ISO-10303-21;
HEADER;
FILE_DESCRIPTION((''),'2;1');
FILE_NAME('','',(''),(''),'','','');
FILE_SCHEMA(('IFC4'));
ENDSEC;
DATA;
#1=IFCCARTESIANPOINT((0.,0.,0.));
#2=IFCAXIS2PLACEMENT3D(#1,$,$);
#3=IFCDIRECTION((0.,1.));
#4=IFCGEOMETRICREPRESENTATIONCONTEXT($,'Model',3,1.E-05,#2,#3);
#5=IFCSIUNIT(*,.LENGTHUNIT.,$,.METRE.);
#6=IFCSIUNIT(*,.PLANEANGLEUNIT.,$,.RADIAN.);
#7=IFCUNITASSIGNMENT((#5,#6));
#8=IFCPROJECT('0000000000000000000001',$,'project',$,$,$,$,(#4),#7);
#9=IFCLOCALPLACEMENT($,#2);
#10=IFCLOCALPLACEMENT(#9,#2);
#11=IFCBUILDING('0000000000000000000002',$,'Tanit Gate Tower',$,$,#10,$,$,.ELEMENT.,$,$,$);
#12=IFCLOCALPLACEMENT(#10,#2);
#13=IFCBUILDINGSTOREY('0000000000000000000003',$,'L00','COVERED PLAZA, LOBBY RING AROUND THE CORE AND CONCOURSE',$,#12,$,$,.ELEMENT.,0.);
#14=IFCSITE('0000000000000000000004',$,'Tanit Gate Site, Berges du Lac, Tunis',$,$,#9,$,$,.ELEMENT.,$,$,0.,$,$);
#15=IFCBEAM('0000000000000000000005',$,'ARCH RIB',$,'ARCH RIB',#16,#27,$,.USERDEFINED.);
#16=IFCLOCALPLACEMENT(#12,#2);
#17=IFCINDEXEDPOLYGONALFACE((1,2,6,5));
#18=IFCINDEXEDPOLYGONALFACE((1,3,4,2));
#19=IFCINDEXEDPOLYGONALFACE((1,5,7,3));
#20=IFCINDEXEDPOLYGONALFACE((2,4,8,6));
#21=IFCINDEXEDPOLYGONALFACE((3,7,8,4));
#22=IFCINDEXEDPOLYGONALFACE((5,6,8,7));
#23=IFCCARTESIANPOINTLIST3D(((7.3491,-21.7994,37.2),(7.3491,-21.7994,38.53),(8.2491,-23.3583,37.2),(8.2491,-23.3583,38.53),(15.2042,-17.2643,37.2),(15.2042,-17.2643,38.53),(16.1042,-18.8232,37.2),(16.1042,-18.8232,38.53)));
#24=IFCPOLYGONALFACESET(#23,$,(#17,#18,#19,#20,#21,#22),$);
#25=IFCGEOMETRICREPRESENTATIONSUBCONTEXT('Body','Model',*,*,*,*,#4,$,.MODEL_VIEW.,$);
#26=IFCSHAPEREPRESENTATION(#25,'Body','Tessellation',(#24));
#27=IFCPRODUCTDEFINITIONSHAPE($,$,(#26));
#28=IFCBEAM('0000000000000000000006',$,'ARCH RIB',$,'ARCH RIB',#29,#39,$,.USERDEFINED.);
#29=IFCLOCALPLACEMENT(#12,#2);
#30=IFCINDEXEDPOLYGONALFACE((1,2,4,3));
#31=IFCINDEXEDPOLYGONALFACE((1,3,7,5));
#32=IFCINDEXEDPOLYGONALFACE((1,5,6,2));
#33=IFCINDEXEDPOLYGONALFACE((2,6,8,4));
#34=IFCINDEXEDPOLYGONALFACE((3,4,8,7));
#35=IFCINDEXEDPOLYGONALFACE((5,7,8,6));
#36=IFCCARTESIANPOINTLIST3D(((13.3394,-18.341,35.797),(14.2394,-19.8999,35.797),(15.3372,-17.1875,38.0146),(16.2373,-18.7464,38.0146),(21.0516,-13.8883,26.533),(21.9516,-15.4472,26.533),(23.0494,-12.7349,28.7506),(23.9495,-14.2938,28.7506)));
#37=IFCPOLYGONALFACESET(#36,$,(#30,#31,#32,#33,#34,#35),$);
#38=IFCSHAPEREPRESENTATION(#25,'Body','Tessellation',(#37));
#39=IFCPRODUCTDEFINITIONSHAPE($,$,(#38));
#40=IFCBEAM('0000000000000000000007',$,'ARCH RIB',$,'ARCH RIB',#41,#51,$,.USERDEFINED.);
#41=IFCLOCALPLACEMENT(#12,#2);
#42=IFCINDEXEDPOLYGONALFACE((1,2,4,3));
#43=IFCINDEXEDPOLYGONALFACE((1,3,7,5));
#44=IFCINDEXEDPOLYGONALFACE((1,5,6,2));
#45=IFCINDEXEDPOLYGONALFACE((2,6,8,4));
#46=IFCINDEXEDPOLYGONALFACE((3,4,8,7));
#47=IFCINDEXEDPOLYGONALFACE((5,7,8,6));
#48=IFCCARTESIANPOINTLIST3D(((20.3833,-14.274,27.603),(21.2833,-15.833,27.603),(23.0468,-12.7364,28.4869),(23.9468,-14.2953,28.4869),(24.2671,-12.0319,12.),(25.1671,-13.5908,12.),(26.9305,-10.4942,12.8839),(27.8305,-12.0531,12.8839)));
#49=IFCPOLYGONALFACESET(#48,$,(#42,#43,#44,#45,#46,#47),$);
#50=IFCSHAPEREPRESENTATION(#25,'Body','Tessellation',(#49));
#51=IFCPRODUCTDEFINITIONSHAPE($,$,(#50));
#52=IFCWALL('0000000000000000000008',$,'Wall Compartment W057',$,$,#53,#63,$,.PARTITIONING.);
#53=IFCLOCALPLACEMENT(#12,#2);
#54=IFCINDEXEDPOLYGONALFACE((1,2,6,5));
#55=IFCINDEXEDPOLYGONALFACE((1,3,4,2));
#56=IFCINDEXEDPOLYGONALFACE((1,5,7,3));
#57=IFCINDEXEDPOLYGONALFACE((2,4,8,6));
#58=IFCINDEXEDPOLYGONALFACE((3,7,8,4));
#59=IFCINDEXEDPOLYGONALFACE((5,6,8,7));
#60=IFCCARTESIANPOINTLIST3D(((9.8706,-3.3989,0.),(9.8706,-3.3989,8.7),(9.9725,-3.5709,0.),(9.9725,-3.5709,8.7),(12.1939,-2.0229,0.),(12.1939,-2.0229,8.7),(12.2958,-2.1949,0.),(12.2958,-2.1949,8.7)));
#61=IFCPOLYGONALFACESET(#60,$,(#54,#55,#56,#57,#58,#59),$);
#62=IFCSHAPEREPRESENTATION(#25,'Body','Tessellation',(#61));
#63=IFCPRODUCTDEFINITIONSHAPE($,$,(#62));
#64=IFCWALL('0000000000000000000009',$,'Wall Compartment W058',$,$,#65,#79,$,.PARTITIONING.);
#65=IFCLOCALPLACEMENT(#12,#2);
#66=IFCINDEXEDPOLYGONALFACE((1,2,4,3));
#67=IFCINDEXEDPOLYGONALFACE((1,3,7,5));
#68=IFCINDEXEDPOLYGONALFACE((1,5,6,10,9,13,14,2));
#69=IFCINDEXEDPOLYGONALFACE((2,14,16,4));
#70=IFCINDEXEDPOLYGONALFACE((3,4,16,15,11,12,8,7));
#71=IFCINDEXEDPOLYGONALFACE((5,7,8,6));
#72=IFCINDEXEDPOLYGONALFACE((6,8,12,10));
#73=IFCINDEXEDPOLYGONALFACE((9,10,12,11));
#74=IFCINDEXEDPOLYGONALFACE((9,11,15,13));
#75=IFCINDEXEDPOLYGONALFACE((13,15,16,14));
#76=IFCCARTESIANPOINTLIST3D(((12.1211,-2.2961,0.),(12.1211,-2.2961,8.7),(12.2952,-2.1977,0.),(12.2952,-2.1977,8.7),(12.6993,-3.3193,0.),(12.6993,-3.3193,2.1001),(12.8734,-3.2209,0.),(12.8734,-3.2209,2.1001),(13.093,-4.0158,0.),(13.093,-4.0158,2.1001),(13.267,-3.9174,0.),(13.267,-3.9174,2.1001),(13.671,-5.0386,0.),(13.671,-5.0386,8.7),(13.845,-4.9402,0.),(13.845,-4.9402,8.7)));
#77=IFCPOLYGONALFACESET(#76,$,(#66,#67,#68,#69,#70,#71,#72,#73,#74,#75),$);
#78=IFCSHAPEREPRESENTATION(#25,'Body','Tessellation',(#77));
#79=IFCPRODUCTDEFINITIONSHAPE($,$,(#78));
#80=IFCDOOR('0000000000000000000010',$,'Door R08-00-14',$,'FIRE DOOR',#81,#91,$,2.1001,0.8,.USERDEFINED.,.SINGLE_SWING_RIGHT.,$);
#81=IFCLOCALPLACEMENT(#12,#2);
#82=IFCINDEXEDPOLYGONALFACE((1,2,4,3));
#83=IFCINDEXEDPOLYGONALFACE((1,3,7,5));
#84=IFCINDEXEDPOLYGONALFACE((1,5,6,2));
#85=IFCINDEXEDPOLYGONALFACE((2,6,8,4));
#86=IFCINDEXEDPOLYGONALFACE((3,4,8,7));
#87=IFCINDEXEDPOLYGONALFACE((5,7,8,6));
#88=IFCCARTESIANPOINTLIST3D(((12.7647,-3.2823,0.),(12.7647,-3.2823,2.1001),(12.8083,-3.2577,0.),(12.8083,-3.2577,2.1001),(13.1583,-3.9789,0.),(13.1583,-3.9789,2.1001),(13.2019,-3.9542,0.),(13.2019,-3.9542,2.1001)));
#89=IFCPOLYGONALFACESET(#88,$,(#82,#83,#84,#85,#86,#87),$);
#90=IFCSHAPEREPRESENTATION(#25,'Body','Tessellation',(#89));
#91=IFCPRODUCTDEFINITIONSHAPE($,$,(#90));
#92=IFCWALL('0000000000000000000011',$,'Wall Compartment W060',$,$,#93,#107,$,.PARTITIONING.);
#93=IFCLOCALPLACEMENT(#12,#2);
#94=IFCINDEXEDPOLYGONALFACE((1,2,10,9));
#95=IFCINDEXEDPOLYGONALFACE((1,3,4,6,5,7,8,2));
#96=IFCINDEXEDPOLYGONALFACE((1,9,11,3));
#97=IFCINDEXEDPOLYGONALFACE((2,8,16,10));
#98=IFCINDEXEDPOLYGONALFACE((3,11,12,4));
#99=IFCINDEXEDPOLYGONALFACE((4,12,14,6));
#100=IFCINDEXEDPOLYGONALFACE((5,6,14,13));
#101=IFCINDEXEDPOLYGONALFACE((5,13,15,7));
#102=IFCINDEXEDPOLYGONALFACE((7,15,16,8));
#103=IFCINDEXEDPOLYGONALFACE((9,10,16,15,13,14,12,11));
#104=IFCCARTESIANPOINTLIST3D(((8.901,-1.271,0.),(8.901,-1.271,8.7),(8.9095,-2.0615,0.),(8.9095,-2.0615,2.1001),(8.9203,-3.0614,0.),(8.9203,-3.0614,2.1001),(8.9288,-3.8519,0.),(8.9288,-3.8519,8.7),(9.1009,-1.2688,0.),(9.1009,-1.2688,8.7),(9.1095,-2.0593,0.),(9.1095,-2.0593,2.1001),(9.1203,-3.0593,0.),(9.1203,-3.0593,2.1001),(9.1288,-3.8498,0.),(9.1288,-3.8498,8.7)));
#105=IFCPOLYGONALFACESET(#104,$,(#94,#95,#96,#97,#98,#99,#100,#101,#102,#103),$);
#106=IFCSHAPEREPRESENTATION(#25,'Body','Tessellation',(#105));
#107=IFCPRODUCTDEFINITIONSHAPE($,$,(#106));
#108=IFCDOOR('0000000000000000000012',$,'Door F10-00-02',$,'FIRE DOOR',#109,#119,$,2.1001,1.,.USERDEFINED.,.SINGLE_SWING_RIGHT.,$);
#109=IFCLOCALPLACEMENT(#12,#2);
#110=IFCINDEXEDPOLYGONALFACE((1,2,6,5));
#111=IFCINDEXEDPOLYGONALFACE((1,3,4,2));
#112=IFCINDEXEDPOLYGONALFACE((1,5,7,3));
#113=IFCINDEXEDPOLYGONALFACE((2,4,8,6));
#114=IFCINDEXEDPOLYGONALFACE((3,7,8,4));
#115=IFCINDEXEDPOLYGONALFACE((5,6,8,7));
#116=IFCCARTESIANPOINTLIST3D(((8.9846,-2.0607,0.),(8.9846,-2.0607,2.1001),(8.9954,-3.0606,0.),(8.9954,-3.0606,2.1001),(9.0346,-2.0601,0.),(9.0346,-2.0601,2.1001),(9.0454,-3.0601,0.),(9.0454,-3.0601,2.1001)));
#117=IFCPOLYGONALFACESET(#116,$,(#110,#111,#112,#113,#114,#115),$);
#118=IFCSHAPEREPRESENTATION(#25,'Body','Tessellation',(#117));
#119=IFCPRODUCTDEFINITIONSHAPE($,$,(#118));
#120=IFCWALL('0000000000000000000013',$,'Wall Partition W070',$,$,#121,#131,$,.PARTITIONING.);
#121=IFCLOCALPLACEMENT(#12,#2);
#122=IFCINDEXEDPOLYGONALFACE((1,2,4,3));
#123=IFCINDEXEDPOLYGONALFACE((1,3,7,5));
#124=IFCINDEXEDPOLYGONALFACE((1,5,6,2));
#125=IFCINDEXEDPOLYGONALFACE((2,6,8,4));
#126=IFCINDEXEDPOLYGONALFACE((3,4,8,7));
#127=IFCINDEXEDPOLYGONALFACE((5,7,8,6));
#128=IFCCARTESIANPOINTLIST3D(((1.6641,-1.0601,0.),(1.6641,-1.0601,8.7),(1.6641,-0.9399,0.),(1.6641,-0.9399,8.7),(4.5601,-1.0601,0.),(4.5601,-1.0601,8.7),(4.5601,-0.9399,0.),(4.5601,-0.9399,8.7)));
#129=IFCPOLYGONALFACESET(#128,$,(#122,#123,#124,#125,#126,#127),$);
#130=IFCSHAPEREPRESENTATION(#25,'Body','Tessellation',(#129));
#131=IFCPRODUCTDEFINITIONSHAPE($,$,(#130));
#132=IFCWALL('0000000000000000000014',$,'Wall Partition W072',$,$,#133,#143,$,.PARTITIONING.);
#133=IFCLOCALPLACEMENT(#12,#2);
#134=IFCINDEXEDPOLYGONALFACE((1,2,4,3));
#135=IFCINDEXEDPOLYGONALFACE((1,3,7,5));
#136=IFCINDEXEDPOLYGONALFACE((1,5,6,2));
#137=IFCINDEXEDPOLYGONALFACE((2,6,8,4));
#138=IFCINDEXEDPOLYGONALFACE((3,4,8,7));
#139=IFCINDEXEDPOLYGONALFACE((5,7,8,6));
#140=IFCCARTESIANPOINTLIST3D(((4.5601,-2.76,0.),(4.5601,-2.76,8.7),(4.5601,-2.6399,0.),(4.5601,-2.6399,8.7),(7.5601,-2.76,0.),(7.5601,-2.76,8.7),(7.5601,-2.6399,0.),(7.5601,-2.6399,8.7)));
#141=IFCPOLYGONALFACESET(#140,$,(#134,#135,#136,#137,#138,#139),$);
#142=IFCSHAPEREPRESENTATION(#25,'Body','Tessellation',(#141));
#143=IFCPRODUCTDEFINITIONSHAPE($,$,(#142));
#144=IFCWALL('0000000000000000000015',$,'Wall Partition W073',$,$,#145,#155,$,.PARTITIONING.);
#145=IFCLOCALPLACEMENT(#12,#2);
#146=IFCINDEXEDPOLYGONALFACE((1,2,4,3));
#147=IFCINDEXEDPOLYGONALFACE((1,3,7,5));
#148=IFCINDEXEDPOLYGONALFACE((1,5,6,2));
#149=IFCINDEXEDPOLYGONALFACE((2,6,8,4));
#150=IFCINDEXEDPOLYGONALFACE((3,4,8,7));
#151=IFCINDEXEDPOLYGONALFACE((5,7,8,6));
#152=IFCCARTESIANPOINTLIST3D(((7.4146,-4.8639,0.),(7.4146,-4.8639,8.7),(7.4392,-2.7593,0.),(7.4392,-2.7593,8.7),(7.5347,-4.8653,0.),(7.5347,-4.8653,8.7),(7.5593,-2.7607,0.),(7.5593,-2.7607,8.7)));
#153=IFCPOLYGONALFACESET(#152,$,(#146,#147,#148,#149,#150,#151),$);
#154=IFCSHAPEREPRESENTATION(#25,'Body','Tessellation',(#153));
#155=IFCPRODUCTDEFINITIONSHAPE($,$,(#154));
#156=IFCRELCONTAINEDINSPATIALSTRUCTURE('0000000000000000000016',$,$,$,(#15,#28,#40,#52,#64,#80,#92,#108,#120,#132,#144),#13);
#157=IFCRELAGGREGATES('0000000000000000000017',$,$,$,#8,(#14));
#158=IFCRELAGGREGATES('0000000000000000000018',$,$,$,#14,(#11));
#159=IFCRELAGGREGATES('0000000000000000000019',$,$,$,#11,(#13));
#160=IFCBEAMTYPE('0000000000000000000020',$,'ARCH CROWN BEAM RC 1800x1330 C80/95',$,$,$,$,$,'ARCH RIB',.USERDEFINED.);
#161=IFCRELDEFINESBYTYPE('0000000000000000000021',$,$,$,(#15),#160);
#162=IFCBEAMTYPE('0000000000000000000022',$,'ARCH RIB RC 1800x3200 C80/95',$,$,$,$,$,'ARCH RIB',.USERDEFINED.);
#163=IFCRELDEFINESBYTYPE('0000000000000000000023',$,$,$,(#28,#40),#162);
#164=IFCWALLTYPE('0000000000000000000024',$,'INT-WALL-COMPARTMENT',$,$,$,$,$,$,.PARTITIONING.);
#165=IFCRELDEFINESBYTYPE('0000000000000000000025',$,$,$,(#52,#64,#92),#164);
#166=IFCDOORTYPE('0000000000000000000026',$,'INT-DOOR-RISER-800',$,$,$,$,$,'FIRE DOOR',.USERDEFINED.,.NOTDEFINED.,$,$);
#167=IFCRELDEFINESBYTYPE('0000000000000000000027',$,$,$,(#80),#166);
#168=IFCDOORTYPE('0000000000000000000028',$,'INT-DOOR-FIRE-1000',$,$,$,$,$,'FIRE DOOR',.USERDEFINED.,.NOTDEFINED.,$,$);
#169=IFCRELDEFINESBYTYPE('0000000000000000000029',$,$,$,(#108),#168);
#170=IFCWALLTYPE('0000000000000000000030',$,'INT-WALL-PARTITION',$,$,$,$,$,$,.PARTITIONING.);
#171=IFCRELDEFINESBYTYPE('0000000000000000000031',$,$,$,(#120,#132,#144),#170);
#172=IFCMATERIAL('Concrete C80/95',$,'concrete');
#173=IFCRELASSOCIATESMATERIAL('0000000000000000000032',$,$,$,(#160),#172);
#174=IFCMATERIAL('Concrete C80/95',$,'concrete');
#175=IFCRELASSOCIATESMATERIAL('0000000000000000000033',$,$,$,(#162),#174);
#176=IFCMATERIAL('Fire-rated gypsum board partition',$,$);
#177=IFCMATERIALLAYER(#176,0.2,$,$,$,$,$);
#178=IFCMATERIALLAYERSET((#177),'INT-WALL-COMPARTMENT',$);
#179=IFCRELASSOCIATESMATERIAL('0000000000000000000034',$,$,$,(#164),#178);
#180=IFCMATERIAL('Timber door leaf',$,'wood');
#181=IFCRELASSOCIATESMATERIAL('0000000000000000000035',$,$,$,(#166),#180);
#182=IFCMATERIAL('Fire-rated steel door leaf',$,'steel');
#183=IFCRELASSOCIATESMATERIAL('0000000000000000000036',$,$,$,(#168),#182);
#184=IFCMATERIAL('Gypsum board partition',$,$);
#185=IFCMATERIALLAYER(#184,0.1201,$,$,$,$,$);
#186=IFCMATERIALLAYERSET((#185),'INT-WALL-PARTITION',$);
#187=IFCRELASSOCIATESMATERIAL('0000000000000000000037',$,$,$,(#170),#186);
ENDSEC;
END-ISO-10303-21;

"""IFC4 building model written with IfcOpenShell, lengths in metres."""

from ifc_helpers import new_model, si_unit, direction, frame, frame_2d, origin, origin_2d, place, context, subcontext, project, spatial, rectangle, extrude, material, layer, layer_set, material_profile, profile_set, type_object, element, fill, save


model = new_model("IFC4")

# Units and contexts
model_context = context("Model", 3, precision=1e-05, world=origin(), true_north=direction((0.0, 1.0)))
body_context = subcontext(model_context, "Body", "Model", "MODEL_VIEW")
ifc_project = project(units=[si_unit("LENGTHUNIT", "METRE"), si_unit("PLANEANGLEUNIT", "RADIAN")], contexts=[model_context])

# Site, building, storey
site_placement = place(None, origin())
site = spatial("IfcSite", under=ifc_project, at=site_placement, Name="Tanit Gate Site, Berges du Lac, Tunis", CompositionType="ELEMENT", RefElevation=0.0)
building_placement = place(site_placement, origin())
building = spatial("IfcBuilding", under=site, at=building_placement, Name="Tanit Gate Tower", CompositionType="ELEMENT")
storey_placement = place(building_placement, origin())
storey = spatial("IfcBuildingStorey", under=building, at=storey_placement, Name="L00", Description="COVERED PLAZA, LOBBY RING AROUND THE CORE AND CONCOURSE", CompositionType="ELEMENT", Elevation=0.0)

# Beams
ifc_material_1 = material(Name="Concrete C80/95", Category="concrete")
ifc_material_profile_1 = material_profile(ifc_material_1, rectangle(XDim=1.8, YDim=1.3301, at=origin_2d()), Name="RC 1800x1330")
ifc_profile_set_1 = profile_set([ifc_material_profile_1], Name="Concrete C80/95")
beam_type_1 = type_object("IfcBeamType", Name="ARCH CROWN BEAM RC 1800x1330 C80/95", ElementType="ARCH RIB", PredefinedType="USERDEFINED", material=ifc_profile_set_1)
beam_1_placement = place(storey_placement, frame((7.7991, -22.5789, 37.865), z_axis=(0.866028, 0.499995, 0.0), x_axis=(-0.499995, 0.866028, 0.0)))
element("IfcBeam", 1, at=beam_1_placement, inside=storey, type_object=beam_type_1, Name="ARCH RIB", ObjectType="ARCH RIB", PredefinedType="USERDEFINED", context=body_context, shape_type="SweptSolid", body=[
    extrude(rectangle(XDim=1.8, YDim=1.3301, at=origin_2d()), origin(), (0.0, 0.0, 1.0), 9.0703),
])
ifc_material_2 = material(Name="Concrete C80/95", Category="concrete")
ifc_material_profile_2 = material_profile(ifc_material_2, rectangle(XDim=1.8, YDim=3.2, at=origin_2d()), Name="RC 1800x3200")
ifc_profile_set_2 = profile_set([ifc_material_profile_2], Name="Concrete C80/95")
beam_type_2 = type_object("IfcBeamType", Name="ARCH RIB RC 1800x3200 C80/95", ElementType="ARCH RIB", PredefinedType="USERDEFINED", material=ifc_profile_set_2)
beam_2_placement = place(storey_placement, frame((14.7883, -18.5437, 36.9058), z_axis=(0.600166, 0.346508, -0.720925), x_axis=(-0.500002, 0.866024, 0.0)))
element("IfcBeam", 2, at=beam_2_placement, inside=storey, type_object=beam_type_2, Name="ARCH RIB", ObjectType="ARCH RIB", PredefinedType="USERDEFINED", context=body_context, shape_type="SweptSolid", body=[
    extrude(rectangle(XDim=1.8, YDim=3.2, at=origin_2d()), origin(), (0.0, 0.0, 1.0), 12.8501),
])
beam_3_placement = place(storey_placement, frame((22.165, -14.2847, 28.0449), z_axis=(0.239228, 0.138111, -0.961091), x_axis=(-0.49998, 0.866037, 0.0)))
element("IfcBeam", 3, at=beam_3_placement, inside=storey, type_object=beam_type_2, Name="ARCH RIB", ObjectType="ARCH RIB", PredefinedType="USERDEFINED", context=body_context, shape_type="SweptSolid", body=[
    extrude(rectangle(XDim=1.8, YDim=3.2, at=origin_2d()), origin(), (0.0, 0.0, 1.0), 16.2346),
])

# Wall
ifc_material_3 = material(Name="Fire-rated gypsum board partition")
ifc_layer_1 = layer(ifc_material_3, 0.2)
ifc_layer_set_1 = layer_set([ifc_layer_1], Name="INT-WALL-COMPARTMENT")
wall_type_1 = type_object("IfcWallType", Name="INT-WALL-COMPARTMENT", PredefinedType="PARTITIONING", material=ifc_layer_set_1)
wall_1_placement = place(storey_placement, frame((12.2449, -2.1089, 0.0), z_axis=(0.0, 0.0, 1.0), x_axis=(-0.860415, -0.509594, 0.0)))
element("IfcWall", 4, at=wall_1_placement, inside=storey, type_object=wall_type_1, Name="Wall Compartment W057", PredefinedType="PARTITIONING", context=body_context, shape_type="SweptSolid", body=[
    extrude(rectangle(XDim=2.7002, YDim=0.2, at=frame_2d((1.3501, 0.0))), origin(), (0.0, 0.0, 1.0), 8.7),
])

# Walls, openings, doors
wall_2_placement = place(storey_placement, frame((13.7581, -4.9895, 0.0), z_axis=(0.0, 0.0, 1.0), x_axis=(-0.491993, 0.870599, 0.0)))
wall_2 = element("IfcWall", 5, at=wall_2_placement, inside=storey, type_object=wall_type_1, Name="Wall Compartment W058", PredefinedType="PARTITIONING", context=body_context, shape_type="SweptSolid", body=[
    extrude(rectangle(XDim=3.1501, YDim=0.2, at=frame_2d((1.5752, 0.0))), origin(), (0.0, 0.0, 1.0), 8.7),
])
opening_1_placement = place(wall_2_placement, frame((1.175, 0.0, 0.0)))
opening_1 = element("IfcOpeningElement", 6, at=opening_1_placement, cuts=wall_2, PredefinedType="OPENING", context=body_context, shape_type="SweptSolid", body=[
    extrude(rectangle(XDim=0.8, YDim=2.1001, at=frame_2d((0.3999, 1.05))), frame((0.0, 0.1099, 0.0), z_axis=(0.0, -1.0, 0.0), x_axis=(1.0, 0.0, 0.0)), (0.0, 0.0, 1.0), 0.22),
])
ifc_material_4 = material(Name="Timber door leaf", Category="wood")
door_type_1 = type_object("IfcDoorType", Name="INT-DOOR-RISER-800", ElementType="FIRE DOOR", OperationType="NOTDEFINED", PredefinedType="USERDEFINED", material=ifc_material_4)
door_1_placement = place(opening_1_placement, origin())
door_1 = element("IfcDoor", 7, at=door_1_placement, inside=storey, type_object=door_type_1, Name="Door R08-00-14", ObjectType="FIRE DOOR", OperationType="SINGLE_SWING_RIGHT", OverallHeight=2.1001, OverallWidth=0.8, PredefinedType="USERDEFINED", context=body_context, shape_type="SweptSolid", body=[
    extrude(rectangle(XDim=0.8, YDim=2.1001, at=frame_2d((0.3999, 1.05))), frame((0.0, 0.0249, 0.0), z_axis=(0.0, -1.0, 0.0), x_axis=(1.0, 0.0, 0.0)), (0.0, 0.0, 1.0), 0.05),
])
fill(opening_1, door_1)
wall_3_placement = place(storey_placement, frame((9.0288, -3.8508, 0.0), z_axis=(0.0, 0.0, 1.0), x_axis=(-0.010784, 0.999942, 0.0)))
wall_3 = element("IfcWall", 8, at=wall_3_placement, inside=storey, type_object=wall_type_1, Name="Wall Compartment W060", PredefinedType="PARTITIONING", context=body_context, shape_type="SweptSolid", body=[
    extrude(rectangle(XDim=2.5811, YDim=0.2, at=frame_2d((1.2905, 0.0))), origin(), (0.0, 0.0, 1.0), 8.7),
])
opening_2_placement = place(wall_3_placement, frame((0.7905, 0.0, 0.0)))
opening_2 = element("IfcOpeningElement", 9, at=opening_2_placement, cuts=wall_3, PredefinedType="OPENING", context=body_context, shape_type="SweptSolid", body=[
    extrude(rectangle(XDim=1.0, YDim=2.1001, at=frame_2d((0.5, 1.05))), frame((0.0, 0.1099, 0.0), z_axis=(0.0, -1.0, 0.0), x_axis=(1.0, 0.0, 0.0)), (0.0, 0.0, 1.0), 0.22),
])
ifc_material_5 = material(Name="Fire-rated steel door leaf", Category="steel")
door_type_2 = type_object("IfcDoorType", Name="INT-DOOR-FIRE-1000", ElementType="FIRE DOOR", OperationType="NOTDEFINED", PredefinedType="USERDEFINED", material=ifc_material_5)
door_2_placement = place(opening_2_placement, origin())
door_2 = element("IfcDoor", 10, at=door_2_placement, inside=storey, type_object=door_type_2, Name="Door F10-00-02", ObjectType="FIRE DOOR", OperationType="SINGLE_SWING_RIGHT", OverallHeight=2.1001, OverallWidth=1.0, PredefinedType="USERDEFINED", context=body_context, shape_type="SweptSolid", body=[
    extrude(rectangle(XDim=1.0, YDim=2.1001, at=frame_2d((0.5, 1.05))), frame((0.0, 0.0249, 0.0), z_axis=(0.0, -1.0, 0.0), x_axis=(1.0, 0.0, 0.0)), (0.0, 0.0, 1.0), 0.05),
])
fill(opening_2, door_2)

# Walls
ifc_material_6 = material(Name="Gypsum board partition")
ifc_layer_2 = layer(ifc_material_6, 0.1201)
ifc_layer_set_2 = layer_set([ifc_layer_2], Name="INT-WALL-PARTITION")
wall_type_2 = type_object("IfcWallType", Name="INT-WALL-PARTITION", PredefinedType="PARTITIONING", material=ifc_layer_set_2)
wall_4_placement = place(storey_placement, frame((4.5601, -1.0, 0.0), z_axis=(0.0, 0.0, 1.0), x_axis=(-1.0, 0.0, 0.0)))
element("IfcWall", 11, at=wall_4_placement, inside=storey, type_object=wall_type_2, Name="Wall Partition W070", PredefinedType="PARTITIONING", context=body_context, shape_type="SweptSolid", body=[
    extrude(rectangle(XDim=2.896, YDim=0.1201, at=frame_2d((1.448, 0.0))), origin(), (0.0, 0.0, 1.0), 8.7),
])
wall_5_placement = place(storey_placement, frame((7.5601, -2.7, 0.0), z_axis=(0.0, 0.0, 1.0), x_axis=(-1.0, 0.0, 0.0)))
element("IfcWall", 12, at=wall_5_placement, inside=storey, type_object=wall_type_2, Name="Wall Partition W072", PredefinedType="PARTITIONING", context=body_context, shape_type="SweptSolid", body=[
    extrude(rectangle(XDim=3.0, YDim=0.1201, at=frame_2d((1.5, 0.0))), origin(), (0.0, 0.0, 1.0), 8.7),
])
wall_6_placement = place(storey_placement, frame((7.4746, -4.8645, 0.0), z_axis=(0.0, 0.0, 1.0), x_axis=(0.011716, 0.999931, 0.0)))
element("IfcWall", 13, at=wall_6_placement, inside=storey, type_object=wall_type_2, Name="Wall Partition W073", PredefinedType="PARTITIONING", context=body_context, shape_type="SweptSolid", body=[
    extrude(rectangle(XDim=2.1047, YDim=0.1201, at=frame_2d((1.0522, 0.0))), origin(), (0.0, 0.0, 1.0), 8.7),
])

save(model, "model.ifc")
